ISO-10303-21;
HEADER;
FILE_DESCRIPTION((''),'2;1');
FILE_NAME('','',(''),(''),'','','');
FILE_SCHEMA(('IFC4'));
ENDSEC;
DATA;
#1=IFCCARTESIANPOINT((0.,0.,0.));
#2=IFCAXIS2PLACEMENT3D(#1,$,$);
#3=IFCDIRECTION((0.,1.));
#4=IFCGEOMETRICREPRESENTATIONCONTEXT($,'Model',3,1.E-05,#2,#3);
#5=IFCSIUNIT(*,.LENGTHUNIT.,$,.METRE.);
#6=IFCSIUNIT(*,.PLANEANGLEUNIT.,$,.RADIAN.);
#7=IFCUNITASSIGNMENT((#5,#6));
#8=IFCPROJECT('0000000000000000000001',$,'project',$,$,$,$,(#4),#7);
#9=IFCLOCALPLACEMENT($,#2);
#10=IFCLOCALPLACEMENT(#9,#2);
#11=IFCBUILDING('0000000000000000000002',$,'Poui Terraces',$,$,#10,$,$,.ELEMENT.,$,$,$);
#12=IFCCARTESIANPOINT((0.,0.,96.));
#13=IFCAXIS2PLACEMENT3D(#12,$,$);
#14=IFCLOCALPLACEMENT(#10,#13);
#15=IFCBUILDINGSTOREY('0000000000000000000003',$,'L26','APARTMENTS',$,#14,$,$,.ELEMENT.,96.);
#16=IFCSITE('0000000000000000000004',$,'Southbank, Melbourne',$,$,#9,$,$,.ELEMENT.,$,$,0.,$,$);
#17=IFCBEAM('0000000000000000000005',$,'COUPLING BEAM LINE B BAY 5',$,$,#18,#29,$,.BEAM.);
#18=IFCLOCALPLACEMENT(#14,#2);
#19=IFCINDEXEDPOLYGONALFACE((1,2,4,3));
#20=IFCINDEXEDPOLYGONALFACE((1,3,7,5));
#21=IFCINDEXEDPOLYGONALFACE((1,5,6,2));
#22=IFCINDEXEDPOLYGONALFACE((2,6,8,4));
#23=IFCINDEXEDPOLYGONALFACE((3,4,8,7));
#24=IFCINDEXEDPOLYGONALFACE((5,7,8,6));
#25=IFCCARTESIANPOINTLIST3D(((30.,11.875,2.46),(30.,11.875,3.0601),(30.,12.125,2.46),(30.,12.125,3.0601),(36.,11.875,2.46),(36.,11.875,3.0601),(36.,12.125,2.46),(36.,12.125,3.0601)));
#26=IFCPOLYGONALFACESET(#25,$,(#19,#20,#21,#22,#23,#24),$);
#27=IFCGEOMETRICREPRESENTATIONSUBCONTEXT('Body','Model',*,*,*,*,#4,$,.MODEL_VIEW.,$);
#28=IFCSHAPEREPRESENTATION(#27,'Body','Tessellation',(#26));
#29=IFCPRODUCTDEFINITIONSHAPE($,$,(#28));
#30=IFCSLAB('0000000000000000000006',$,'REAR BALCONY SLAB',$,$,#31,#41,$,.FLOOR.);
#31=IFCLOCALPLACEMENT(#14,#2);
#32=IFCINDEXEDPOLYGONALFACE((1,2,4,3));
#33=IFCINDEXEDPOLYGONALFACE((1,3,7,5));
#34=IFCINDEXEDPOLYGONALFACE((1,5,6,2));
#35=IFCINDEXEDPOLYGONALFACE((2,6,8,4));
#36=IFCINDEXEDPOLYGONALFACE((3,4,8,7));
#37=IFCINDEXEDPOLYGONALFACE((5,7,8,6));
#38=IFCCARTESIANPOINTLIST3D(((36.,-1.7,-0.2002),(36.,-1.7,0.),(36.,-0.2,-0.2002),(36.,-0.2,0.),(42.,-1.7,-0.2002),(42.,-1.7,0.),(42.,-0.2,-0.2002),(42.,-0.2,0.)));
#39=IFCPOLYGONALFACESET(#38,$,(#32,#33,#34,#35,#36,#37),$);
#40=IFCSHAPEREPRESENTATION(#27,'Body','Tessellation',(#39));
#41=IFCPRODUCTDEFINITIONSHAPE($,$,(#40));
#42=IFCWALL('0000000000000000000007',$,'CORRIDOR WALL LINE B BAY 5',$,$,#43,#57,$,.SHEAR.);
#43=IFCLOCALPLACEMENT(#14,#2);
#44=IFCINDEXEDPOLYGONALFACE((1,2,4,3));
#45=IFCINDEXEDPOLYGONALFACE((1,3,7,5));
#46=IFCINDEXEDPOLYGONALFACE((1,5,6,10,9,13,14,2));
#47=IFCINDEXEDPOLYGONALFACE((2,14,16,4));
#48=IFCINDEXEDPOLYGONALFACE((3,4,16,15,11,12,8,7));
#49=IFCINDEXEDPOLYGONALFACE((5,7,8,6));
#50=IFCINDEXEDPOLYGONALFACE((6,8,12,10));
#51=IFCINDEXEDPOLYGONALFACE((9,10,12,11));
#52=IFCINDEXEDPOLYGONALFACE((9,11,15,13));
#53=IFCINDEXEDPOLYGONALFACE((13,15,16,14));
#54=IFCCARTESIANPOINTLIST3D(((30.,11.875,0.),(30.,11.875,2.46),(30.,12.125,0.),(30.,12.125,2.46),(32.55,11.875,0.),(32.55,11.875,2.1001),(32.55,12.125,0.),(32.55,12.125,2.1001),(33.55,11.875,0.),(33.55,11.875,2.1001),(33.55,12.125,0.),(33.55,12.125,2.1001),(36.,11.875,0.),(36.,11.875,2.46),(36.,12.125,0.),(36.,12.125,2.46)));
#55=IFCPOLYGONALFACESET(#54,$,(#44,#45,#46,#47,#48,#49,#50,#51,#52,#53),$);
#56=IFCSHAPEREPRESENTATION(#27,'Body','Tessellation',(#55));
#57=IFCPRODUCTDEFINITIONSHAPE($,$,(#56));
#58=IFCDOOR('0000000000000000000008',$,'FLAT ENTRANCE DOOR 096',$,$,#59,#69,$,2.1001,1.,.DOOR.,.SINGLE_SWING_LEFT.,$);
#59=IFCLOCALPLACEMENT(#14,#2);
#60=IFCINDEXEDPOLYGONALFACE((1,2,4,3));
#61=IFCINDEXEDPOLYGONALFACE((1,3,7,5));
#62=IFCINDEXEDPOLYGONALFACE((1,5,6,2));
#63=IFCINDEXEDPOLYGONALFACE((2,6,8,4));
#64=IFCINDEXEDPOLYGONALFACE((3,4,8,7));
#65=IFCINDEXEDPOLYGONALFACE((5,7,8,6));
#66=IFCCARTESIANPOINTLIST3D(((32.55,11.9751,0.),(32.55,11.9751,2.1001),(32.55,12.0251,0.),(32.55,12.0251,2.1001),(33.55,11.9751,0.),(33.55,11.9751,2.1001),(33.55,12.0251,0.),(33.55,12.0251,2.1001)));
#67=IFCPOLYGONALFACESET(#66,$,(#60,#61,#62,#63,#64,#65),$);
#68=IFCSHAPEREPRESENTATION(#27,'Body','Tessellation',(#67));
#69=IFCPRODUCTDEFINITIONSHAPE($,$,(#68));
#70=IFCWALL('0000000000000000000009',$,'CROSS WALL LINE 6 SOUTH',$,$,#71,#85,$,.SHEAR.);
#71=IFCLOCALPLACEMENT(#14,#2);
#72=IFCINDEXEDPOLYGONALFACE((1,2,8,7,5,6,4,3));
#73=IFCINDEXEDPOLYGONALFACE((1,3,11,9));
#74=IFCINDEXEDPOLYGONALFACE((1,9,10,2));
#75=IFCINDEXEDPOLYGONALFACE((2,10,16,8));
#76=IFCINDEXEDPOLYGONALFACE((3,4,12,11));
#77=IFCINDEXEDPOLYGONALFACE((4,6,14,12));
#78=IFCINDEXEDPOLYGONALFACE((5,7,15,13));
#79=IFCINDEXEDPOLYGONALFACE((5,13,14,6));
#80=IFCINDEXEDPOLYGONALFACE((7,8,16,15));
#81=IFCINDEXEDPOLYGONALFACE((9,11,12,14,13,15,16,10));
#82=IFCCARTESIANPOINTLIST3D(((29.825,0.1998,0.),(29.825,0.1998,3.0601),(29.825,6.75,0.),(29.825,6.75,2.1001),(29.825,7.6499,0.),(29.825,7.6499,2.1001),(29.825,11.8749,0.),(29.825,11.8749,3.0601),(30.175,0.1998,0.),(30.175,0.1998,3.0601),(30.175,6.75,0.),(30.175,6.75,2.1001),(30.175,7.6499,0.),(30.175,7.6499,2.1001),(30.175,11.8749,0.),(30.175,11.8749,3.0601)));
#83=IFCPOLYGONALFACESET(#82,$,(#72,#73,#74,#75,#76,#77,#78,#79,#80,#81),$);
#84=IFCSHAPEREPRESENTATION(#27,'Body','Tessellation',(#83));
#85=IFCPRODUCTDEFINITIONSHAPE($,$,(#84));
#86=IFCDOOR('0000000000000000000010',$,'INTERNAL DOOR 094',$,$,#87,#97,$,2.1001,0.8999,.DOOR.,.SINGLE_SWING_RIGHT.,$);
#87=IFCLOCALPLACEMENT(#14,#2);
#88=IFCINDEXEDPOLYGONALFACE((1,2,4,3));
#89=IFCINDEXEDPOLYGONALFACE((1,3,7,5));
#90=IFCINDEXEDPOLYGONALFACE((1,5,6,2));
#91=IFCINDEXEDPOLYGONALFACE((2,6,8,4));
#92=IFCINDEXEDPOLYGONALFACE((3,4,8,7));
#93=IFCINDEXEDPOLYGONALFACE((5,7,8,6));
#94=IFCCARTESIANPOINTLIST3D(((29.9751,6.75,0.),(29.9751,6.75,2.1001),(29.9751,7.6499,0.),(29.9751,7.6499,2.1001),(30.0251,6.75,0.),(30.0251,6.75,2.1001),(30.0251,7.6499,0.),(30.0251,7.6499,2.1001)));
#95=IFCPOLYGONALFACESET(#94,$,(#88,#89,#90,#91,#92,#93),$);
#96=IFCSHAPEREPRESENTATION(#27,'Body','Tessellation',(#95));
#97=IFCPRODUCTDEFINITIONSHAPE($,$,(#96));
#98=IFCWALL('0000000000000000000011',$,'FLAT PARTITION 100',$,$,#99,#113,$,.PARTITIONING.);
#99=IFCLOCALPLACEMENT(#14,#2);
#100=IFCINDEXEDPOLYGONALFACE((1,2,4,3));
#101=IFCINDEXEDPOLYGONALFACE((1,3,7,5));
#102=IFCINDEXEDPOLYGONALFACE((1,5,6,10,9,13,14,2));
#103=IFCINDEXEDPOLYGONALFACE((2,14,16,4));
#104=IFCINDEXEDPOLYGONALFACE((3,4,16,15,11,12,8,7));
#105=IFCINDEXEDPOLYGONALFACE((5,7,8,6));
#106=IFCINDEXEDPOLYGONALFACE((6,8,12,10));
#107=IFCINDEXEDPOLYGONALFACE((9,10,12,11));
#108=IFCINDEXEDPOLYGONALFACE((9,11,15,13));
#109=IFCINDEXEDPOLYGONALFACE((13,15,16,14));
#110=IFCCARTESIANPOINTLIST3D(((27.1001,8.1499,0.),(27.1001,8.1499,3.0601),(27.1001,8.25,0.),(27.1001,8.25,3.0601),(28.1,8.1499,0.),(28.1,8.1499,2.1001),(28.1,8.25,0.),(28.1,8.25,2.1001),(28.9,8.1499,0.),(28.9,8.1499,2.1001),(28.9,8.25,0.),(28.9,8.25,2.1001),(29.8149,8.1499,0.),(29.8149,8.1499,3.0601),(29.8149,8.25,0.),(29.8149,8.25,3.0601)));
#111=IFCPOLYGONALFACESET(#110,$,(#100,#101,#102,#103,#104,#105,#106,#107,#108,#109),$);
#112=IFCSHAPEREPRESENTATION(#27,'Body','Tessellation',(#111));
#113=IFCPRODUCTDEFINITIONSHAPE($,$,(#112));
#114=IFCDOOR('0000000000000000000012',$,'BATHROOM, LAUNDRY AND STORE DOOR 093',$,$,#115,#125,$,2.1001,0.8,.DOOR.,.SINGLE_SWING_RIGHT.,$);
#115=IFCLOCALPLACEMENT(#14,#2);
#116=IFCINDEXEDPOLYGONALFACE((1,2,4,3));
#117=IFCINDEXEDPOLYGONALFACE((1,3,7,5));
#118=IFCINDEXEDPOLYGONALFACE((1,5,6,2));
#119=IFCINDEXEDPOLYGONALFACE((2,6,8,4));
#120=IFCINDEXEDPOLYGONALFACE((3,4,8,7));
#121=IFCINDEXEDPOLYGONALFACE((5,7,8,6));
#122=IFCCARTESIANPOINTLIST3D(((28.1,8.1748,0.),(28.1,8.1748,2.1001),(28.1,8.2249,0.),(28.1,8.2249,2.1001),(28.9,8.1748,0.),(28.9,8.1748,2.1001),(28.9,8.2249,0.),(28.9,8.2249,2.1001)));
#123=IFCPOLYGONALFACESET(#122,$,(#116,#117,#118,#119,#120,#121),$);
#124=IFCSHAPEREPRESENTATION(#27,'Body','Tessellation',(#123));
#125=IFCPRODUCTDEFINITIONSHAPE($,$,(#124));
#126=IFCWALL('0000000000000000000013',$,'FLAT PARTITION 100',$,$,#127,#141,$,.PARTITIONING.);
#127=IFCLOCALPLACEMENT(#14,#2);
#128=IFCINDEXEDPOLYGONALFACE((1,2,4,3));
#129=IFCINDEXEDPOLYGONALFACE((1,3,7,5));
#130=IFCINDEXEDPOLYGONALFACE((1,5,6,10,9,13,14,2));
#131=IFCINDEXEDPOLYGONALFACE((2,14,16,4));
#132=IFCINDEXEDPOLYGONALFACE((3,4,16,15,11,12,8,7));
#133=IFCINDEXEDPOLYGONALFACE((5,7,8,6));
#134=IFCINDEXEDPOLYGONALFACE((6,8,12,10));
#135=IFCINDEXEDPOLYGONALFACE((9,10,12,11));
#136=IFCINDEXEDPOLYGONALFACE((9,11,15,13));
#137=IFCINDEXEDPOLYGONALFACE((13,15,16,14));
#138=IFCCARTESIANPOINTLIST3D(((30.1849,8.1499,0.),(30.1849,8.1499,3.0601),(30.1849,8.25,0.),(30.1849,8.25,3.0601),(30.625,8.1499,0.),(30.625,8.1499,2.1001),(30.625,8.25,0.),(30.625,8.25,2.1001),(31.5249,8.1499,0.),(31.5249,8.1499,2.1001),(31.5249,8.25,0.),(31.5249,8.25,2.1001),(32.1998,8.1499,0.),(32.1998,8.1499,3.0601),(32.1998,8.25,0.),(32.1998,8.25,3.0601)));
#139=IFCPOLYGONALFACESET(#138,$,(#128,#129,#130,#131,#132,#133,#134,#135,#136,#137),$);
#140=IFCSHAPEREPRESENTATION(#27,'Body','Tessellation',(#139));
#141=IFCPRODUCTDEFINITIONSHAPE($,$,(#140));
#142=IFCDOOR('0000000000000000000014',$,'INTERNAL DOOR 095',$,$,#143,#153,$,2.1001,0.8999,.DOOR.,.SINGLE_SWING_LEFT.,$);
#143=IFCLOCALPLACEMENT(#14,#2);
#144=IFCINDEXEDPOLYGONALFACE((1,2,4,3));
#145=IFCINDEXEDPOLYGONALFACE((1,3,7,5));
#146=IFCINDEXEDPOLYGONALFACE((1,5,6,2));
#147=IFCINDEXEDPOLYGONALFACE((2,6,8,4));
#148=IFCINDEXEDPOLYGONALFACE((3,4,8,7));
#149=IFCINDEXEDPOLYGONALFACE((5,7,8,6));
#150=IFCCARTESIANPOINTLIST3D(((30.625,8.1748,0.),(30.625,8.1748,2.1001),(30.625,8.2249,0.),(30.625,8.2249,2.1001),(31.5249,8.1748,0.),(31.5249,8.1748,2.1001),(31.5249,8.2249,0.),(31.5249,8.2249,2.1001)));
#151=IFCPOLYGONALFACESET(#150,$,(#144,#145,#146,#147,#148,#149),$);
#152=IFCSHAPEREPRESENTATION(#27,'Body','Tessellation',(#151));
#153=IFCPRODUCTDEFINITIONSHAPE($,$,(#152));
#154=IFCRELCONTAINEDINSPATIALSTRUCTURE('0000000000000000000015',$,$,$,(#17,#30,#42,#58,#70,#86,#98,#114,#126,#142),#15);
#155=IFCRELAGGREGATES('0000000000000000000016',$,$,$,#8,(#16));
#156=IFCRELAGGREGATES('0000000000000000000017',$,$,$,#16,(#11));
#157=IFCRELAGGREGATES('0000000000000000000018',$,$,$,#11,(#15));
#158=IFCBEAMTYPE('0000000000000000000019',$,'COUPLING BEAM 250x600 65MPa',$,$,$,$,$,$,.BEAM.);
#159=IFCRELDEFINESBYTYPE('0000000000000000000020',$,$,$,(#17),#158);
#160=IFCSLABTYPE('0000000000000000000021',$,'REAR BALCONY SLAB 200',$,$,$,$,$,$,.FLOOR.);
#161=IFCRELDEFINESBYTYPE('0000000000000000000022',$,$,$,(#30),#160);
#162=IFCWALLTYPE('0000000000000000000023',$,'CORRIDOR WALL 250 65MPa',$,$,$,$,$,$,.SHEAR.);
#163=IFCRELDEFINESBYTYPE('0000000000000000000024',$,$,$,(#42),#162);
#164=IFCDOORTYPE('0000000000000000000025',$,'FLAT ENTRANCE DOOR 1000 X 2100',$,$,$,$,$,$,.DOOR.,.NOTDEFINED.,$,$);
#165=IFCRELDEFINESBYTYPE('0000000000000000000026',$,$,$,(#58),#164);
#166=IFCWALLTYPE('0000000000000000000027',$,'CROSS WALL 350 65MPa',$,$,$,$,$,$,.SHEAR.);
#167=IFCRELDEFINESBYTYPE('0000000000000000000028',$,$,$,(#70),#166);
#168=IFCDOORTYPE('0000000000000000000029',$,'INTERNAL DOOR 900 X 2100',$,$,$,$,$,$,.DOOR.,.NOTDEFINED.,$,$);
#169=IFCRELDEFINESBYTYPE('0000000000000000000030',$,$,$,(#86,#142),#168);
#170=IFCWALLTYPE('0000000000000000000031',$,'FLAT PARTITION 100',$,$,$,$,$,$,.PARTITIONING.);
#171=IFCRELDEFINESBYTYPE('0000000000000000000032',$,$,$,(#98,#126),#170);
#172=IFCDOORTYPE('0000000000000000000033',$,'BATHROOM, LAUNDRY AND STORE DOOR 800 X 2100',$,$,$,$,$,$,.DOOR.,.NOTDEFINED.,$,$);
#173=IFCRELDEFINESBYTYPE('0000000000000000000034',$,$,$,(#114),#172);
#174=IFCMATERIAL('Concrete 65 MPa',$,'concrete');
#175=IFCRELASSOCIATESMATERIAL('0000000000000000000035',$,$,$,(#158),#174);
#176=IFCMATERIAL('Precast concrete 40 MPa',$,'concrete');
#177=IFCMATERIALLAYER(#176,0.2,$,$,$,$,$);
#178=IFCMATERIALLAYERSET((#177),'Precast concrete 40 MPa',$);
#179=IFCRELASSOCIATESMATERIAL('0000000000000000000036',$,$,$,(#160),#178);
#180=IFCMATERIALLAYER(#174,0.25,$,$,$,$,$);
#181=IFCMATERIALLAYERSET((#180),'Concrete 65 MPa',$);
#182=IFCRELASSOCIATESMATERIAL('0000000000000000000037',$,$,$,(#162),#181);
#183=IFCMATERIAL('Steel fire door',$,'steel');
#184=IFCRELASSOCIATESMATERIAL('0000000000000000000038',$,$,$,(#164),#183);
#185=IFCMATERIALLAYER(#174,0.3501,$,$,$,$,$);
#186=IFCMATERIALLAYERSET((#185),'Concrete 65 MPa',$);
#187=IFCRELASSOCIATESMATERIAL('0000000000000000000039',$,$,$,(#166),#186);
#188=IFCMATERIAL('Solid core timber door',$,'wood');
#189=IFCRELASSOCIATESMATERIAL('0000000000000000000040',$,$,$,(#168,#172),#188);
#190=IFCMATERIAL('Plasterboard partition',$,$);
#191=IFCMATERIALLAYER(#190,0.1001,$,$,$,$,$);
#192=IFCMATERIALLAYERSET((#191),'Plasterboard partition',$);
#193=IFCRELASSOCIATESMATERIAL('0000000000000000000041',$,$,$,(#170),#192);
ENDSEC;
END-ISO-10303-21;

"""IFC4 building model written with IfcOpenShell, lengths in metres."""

from ifc_helpers import new_model, si_unit, direction, frame, frame_2d, origin, origin_2d, place, context, subcontext, project, spatial, polyline, rectangle, outline, extrude, source, transform, mapped, material, layer, layer_set, material_profile, profile_set, type_object, element, fill, save


model = new_model("IFC4")

# Units and contexts
model_context = context("Model", 3, precision=1e-05, world=origin(), true_north=direction((0.0, 1.0)))
body_context = subcontext(model_context, "Body", "Model", "MODEL_VIEW")
ifc_project = project(units=[si_unit("LENGTHUNIT", "METRE"), si_unit("PLANEANGLEUNIT", "RADIAN")], contexts=[model_context])

# Site, building, storey
site_placement = place(None, origin())
site = spatial("IfcSite", under=ifc_project, at=site_placement, Name="Southbank, Melbourne", CompositionType="ELEMENT", RefElevation=0.0)
building_placement = place(site_placement, origin())
building = spatial("IfcBuilding", under=site, at=building_placement, Name="Poui Terraces", CompositionType="ELEMENT")
storey_placement = place(building_placement, frame((0.0, 0.0, 96.0)))
storey = spatial("IfcBuildingStorey", under=building, at=storey_placement, Name="L26", Description="APARTMENTS", CompositionType="ELEMENT", Elevation=96.0)

# Beam
ifc_material_1 = material(Name="Concrete 65 MPa", Category="concrete")
ifc_material_profile = material_profile(ifc_material_1, rectangle(XDim=0.25, YDim=0.6001, at=origin_2d()), Name="RC 250x600")
ifc_profile_set = profile_set([ifc_material_profile], Name="Concrete 65 MPa")
beam_type = type_object("IfcBeamType", Name="COUPLING BEAM 250x600 65MPa", PredefinedType="BEAM", material=ifc_profile_set)
shared_shape_1 = source(origin(), body_context, "Body", "SweptSolid", [
    extrude(rectangle(XDim=0.25, YDim=0.6001, at=origin_2d()), origin(), (0.0, 0.0, 1.0), 6.0),
])
beam_placement = place(storey_placement, frame((30.0, 12.0, 2.76), z_axis=(1.0, 0.0, 0.0), x_axis=(0.0, 1.0, 0.0)))
element("IfcBeam", 1, at=beam_placement, inside=storey, type_object=beam_type, Name="COUPLING BEAM LINE B BAY 5", PredefinedType="BEAM", context=body_context, shape_type="MappedRepresentation", body=[
    mapped(shared_shape_1, transform((0.0, 0.0, 0.0))),
])

# Slab
ifc_material_2 = material(Name="Precast concrete 40 MPa", Category="concrete")
ifc_layer_1 = layer(ifc_material_2, 0.2)
ifc_layer_set_1 = layer_set([ifc_layer_1], Name="Precast concrete 40 MPa")
slab_type = type_object("IfcSlabType", Name="REAR BALCONY SLAB 200", PredefinedType="FLOOR", material=ifc_layer_set_1)
shared_shape_2 = source(origin(), body_context, "Body", "SweptSolid", [
    extrude(outline(polyline([(0.0, 0.0), (6.0, 0.0), (6.0, 1.5), (0.0, 1.5), (0.0, 0.0)])), origin(), (0.0, 0.0, 1.0), 0.2002),
])
slab_placement = place(storey_placement, frame((36.0, -1.7, -0.2002)))
element("IfcSlab", 2, at=slab_placement, inside=storey, type_object=slab_type, Name="REAR BALCONY SLAB", PredefinedType="FLOOR", context=body_context, shape_type="MappedRepresentation", body=[
    mapped(shared_shape_2, transform((0.0, 0.0, 0.0))),
])

# Walls, openings, doors
ifc_layer_2 = layer(ifc_material_1, 0.25)
ifc_layer_set_2 = layer_set([ifc_layer_2], Name="Concrete 65 MPa")
wall_type_1 = type_object("IfcWallType", Name="CORRIDOR WALL 250 65MPa", PredefinedType="SHEAR", material=ifc_layer_set_2)
wall_1_placement = place(storey_placement, frame((30.0, 12.0, 0.0), z_axis=(0.0, 0.0, 1.0), x_axis=(1.0, 0.0, 0.0)))
wall_1 = element("IfcWall", 3, at=wall_1_placement, inside=storey, type_object=wall_type_1, Name="CORRIDOR WALL LINE B BAY 5", PredefinedType="SHEAR", context=body_context, shape_type="SweptSolid", body=[
    extrude(rectangle(XDim=6.0, YDim=0.25, at=frame_2d((3.0, 0.0))), origin(), (0.0, 0.0, 1.0), 2.46),
])
opening_1_placement = place(wall_1_placement, frame((2.55, 0.0, 0.0)))
opening_1 = element("IfcOpeningElement", 4, at=opening_1_placement, cuts=wall_1, PredefinedType="OPENING", context=body_context, shape_type="SweptSolid", body=[
    extrude(rectangle(XDim=1.0, YDim=2.1001, at=frame_2d((0.5, 1.05))), frame((0.0, 0.135, 0.0), z_axis=(0.0, -1.0, 0.0), x_axis=(1.0, 0.0, 0.0)), (0.0, 0.0, 1.0), 0.27),
])
ifc_material_3 = material(Name="Steel fire door", Category="steel")
door_type_1 = type_object("IfcDoorType", Name="FLAT ENTRANCE DOOR 1000 X 2100", OperationType="NOTDEFINED", PredefinedType="DOOR", material=ifc_material_3)
door_1_placement = place(opening_1_placement, frame((1.0, 0.0, 0.0), z_axis=(0.0, 0.0, 1.0), x_axis=(-1.0, 0.0, 0.0)))
door_1 = element("IfcDoor", 5, at=door_1_placement, inside=storey, type_object=door_type_1, Name="FLAT ENTRANCE DOOR 096", OperationType="SINGLE_SWING_LEFT", OverallHeight=2.1001, OverallWidth=1.0, PredefinedType="DOOR", context=body_context, shape_type="SweptSolid", body=[
    extrude(rectangle(XDim=1.0, YDim=2.1001, at=frame_2d((0.5, 1.05))), frame((0.0, 0.0249, 0.0), z_axis=(0.0, -1.0, 0.0), x_axis=(1.0, 0.0, 0.0)), (0.0, 0.0, 1.0), 0.05),
])
fill(opening_1, door_1)
ifc_layer_3 = layer(ifc_material_1, 0.3501)
ifc_layer_set_3 = layer_set([ifc_layer_3], Name="Concrete 65 MPa")
wall_type_2 = type_object("IfcWallType", Name="CROSS WALL 350 65MPa", PredefinedType="SHEAR", material=ifc_layer_set_3)
wall_2_placement = place(storey_placement, frame((30.0, 0.2, 0.0), z_axis=(0.0, 0.0, 1.0), x_axis=(0.0, 1.0, 0.0)))
wall_2 = element("IfcWall", 6, at=wall_2_placement, inside=storey, type_object=wall_type_2, Name="CROSS WALL LINE 6 SOUTH", PredefinedType="SHEAR", context=body_context, shape_type="SweptSolid", body=[
    extrude(rectangle(XDim=11.675, YDim=0.3501, at=frame_2d((5.8374, 0.0))), origin(), (0.0, 0.0, 1.0), 3.0601),
])
opening_2_placement = place(wall_2_placement, frame((6.55, 0.0, 0.0)))
opening_2 = element("IfcOpeningElement", 7, at=opening_2_placement, cuts=wall_2, PredefinedType="OPENING", context=body_context, shape_type="SweptSolid", body=[
    extrude(rectangle(XDim=0.8999, YDim=2.1001, at=frame_2d((0.45, 1.05))), frame((0.0, 0.1851, 0.0), z_axis=(0.0, -1.0, 0.0), x_axis=(1.0, 0.0, 0.0)), (0.0, 0.0, 1.0), 0.3701),
])
ifc_material_4 = material(Name="Solid core timber door", Category="wood")
door_type_2 = type_object("IfcDoorType", Name="INTERNAL DOOR 900 X 2100", OperationType="NOTDEFINED", PredefinedType="DOOR", material=ifc_material_4)
door_2_placement = place(opening_2_placement, origin())
door_2 = element("IfcDoor", 8, at=door_2_placement, inside=storey, type_object=door_type_2, Name="INTERNAL DOOR 094", OperationType="SINGLE_SWING_RIGHT", OverallHeight=2.1001, OverallWidth=0.8999, PredefinedType="DOOR", context=body_context, shape_type="SweptSolid", body=[
    extrude(rectangle(XDim=0.8999, YDim=2.1001, at=frame_2d((0.45, 1.05))), frame((0.0, 0.0249, 0.0), z_axis=(0.0, -1.0, 0.0), x_axis=(1.0, 0.0, 0.0)), (0.0, 0.0, 1.0), 0.05),
])
fill(opening_2, door_2)
ifc_material_5 = material(Name="Plasterboard partition")
ifc_layer_4 = layer(ifc_material_5, 0.1001)
ifc_layer_set_4 = layer_set([ifc_layer_4], Name="Plasterboard partition")
wall_type_3 = type_object("IfcWallType", Name="FLAT PARTITION 100", PredefinedType="PARTITIONING", material=ifc_layer_set_4)
wall_3_placement = place(storey_placement, frame((27.1001, 8.2, 0.0), z_axis=(0.0, 0.0, 1.0), x_axis=(1.0, 0.0, 0.0)))
wall_3 = element("IfcWall", 9, at=wall_3_placement, inside=storey, type_object=wall_type_3, Name="FLAT PARTITION 100", PredefinedType="PARTITIONING", context=body_context, shape_type="SweptSolid", body=[
    extrude(rectangle(XDim=2.7148, YDim=0.1001, at=frame_2d((1.3574, 0.0))), origin(), (0.0, 0.0, 1.0), 3.0601),
])
opening_3_placement = place(wall_3_placement, frame((1.0, 0.0, 0.0)))
opening_3 = element("IfcOpeningElement", 10, at=opening_3_placement, cuts=wall_3, PredefinedType="OPENING", context=body_context, shape_type="SweptSolid", body=[
    extrude(rectangle(XDim=0.8, YDim=2.1001, at=frame_2d((0.3999, 1.05))), frame((0.0, 0.0601, 0.0), z_axis=(0.0, -1.0, 0.0), x_axis=(1.0, 0.0, 0.0)), (0.0, 0.0, 1.0), 0.1201),
])
door_type_3 = type_object("IfcDoorType", Name="BATHROOM, LAUNDRY AND STORE DOOR 800 X 2100", OperationType="NOTDEFINED", PredefinedType="DOOR", material=ifc_material_4)
door_3_placement = place(opening_3_placement, origin())
door_3 = element("IfcDoor", 11, at=door_3_placement, inside=storey, type_object=door_type_3, Name="BATHROOM, LAUNDRY AND STORE DOOR 093", OperationType="SINGLE_SWING_RIGHT", OverallHeight=2.1001, OverallWidth=0.8, PredefinedType="DOOR", context=body_context, shape_type="SweptSolid", body=[
    extrude(rectangle(XDim=0.8, YDim=2.1001, at=frame_2d((0.3999, 1.05))), frame((0.0, 0.0249, 0.0), z_axis=(0.0, -1.0, 0.0), x_axis=(1.0, 0.0, 0.0)), (0.0, 0.0, 1.0), 0.05),
])
fill(opening_3, door_3)
wall_4_placement = place(storey_placement, frame((30.1851, 8.2, 0.0), z_axis=(0.0, 0.0, 1.0), x_axis=(1.0, 0.0, 0.0)))
wall_4 = element("IfcWall", 12, at=wall_4_placement, inside=storey, type_object=wall_type_3, Name="FLAT PARTITION 100", PredefinedType="PARTITIONING", context=body_context, shape_type="SweptSolid", body=[
    extrude(rectangle(XDim=2.0149, YDim=0.1001, at=frame_2d((1.0073, 0.0))), origin(), (0.0, 0.0, 1.0), 3.0601),
])
opening_4_placement = place(wall_4_placement, frame((0.4399, 0.0, 0.0)))
opening_4 = element("IfcOpeningElement", 13, at=opening_4_placement, cuts=wall_4, PredefinedType="OPENING", context=body_context, shape_type="SweptSolid", body=[
    extrude(rectangle(XDim=0.8999, YDim=2.1001, at=frame_2d((0.45, 1.05))), frame((0.0, 0.0601, 0.0), z_axis=(0.0, -1.0, 0.0), x_axis=(1.0, 0.0, 0.0)), (0.0, 0.0, 1.0), 0.1201),
])
door_4_placement = place(opening_4_placement, origin())
door_4 = element("IfcDoor", 14, at=door_4_placement, inside=storey, type_object=door_type_2, Name="INTERNAL DOOR 095", OperationType="SINGLE_SWING_LEFT", OverallHeight=2.1001, OverallWidth=0.8999, PredefinedType="DOOR", context=body_context, shape_type="SweptSolid", body=[
    extrude(rectangle(XDim=0.8999, YDim=2.1001, at=frame_2d((0.45, 1.05))), frame((0.0, 0.0249, 0.0), z_axis=(0.0, -1.0, 0.0), x_axis=(1.0, 0.0, 0.0)), (0.0, 0.0, 1.0), 0.05),
])
fill(opening_4, door_4)

save(model, "model.ifc")
